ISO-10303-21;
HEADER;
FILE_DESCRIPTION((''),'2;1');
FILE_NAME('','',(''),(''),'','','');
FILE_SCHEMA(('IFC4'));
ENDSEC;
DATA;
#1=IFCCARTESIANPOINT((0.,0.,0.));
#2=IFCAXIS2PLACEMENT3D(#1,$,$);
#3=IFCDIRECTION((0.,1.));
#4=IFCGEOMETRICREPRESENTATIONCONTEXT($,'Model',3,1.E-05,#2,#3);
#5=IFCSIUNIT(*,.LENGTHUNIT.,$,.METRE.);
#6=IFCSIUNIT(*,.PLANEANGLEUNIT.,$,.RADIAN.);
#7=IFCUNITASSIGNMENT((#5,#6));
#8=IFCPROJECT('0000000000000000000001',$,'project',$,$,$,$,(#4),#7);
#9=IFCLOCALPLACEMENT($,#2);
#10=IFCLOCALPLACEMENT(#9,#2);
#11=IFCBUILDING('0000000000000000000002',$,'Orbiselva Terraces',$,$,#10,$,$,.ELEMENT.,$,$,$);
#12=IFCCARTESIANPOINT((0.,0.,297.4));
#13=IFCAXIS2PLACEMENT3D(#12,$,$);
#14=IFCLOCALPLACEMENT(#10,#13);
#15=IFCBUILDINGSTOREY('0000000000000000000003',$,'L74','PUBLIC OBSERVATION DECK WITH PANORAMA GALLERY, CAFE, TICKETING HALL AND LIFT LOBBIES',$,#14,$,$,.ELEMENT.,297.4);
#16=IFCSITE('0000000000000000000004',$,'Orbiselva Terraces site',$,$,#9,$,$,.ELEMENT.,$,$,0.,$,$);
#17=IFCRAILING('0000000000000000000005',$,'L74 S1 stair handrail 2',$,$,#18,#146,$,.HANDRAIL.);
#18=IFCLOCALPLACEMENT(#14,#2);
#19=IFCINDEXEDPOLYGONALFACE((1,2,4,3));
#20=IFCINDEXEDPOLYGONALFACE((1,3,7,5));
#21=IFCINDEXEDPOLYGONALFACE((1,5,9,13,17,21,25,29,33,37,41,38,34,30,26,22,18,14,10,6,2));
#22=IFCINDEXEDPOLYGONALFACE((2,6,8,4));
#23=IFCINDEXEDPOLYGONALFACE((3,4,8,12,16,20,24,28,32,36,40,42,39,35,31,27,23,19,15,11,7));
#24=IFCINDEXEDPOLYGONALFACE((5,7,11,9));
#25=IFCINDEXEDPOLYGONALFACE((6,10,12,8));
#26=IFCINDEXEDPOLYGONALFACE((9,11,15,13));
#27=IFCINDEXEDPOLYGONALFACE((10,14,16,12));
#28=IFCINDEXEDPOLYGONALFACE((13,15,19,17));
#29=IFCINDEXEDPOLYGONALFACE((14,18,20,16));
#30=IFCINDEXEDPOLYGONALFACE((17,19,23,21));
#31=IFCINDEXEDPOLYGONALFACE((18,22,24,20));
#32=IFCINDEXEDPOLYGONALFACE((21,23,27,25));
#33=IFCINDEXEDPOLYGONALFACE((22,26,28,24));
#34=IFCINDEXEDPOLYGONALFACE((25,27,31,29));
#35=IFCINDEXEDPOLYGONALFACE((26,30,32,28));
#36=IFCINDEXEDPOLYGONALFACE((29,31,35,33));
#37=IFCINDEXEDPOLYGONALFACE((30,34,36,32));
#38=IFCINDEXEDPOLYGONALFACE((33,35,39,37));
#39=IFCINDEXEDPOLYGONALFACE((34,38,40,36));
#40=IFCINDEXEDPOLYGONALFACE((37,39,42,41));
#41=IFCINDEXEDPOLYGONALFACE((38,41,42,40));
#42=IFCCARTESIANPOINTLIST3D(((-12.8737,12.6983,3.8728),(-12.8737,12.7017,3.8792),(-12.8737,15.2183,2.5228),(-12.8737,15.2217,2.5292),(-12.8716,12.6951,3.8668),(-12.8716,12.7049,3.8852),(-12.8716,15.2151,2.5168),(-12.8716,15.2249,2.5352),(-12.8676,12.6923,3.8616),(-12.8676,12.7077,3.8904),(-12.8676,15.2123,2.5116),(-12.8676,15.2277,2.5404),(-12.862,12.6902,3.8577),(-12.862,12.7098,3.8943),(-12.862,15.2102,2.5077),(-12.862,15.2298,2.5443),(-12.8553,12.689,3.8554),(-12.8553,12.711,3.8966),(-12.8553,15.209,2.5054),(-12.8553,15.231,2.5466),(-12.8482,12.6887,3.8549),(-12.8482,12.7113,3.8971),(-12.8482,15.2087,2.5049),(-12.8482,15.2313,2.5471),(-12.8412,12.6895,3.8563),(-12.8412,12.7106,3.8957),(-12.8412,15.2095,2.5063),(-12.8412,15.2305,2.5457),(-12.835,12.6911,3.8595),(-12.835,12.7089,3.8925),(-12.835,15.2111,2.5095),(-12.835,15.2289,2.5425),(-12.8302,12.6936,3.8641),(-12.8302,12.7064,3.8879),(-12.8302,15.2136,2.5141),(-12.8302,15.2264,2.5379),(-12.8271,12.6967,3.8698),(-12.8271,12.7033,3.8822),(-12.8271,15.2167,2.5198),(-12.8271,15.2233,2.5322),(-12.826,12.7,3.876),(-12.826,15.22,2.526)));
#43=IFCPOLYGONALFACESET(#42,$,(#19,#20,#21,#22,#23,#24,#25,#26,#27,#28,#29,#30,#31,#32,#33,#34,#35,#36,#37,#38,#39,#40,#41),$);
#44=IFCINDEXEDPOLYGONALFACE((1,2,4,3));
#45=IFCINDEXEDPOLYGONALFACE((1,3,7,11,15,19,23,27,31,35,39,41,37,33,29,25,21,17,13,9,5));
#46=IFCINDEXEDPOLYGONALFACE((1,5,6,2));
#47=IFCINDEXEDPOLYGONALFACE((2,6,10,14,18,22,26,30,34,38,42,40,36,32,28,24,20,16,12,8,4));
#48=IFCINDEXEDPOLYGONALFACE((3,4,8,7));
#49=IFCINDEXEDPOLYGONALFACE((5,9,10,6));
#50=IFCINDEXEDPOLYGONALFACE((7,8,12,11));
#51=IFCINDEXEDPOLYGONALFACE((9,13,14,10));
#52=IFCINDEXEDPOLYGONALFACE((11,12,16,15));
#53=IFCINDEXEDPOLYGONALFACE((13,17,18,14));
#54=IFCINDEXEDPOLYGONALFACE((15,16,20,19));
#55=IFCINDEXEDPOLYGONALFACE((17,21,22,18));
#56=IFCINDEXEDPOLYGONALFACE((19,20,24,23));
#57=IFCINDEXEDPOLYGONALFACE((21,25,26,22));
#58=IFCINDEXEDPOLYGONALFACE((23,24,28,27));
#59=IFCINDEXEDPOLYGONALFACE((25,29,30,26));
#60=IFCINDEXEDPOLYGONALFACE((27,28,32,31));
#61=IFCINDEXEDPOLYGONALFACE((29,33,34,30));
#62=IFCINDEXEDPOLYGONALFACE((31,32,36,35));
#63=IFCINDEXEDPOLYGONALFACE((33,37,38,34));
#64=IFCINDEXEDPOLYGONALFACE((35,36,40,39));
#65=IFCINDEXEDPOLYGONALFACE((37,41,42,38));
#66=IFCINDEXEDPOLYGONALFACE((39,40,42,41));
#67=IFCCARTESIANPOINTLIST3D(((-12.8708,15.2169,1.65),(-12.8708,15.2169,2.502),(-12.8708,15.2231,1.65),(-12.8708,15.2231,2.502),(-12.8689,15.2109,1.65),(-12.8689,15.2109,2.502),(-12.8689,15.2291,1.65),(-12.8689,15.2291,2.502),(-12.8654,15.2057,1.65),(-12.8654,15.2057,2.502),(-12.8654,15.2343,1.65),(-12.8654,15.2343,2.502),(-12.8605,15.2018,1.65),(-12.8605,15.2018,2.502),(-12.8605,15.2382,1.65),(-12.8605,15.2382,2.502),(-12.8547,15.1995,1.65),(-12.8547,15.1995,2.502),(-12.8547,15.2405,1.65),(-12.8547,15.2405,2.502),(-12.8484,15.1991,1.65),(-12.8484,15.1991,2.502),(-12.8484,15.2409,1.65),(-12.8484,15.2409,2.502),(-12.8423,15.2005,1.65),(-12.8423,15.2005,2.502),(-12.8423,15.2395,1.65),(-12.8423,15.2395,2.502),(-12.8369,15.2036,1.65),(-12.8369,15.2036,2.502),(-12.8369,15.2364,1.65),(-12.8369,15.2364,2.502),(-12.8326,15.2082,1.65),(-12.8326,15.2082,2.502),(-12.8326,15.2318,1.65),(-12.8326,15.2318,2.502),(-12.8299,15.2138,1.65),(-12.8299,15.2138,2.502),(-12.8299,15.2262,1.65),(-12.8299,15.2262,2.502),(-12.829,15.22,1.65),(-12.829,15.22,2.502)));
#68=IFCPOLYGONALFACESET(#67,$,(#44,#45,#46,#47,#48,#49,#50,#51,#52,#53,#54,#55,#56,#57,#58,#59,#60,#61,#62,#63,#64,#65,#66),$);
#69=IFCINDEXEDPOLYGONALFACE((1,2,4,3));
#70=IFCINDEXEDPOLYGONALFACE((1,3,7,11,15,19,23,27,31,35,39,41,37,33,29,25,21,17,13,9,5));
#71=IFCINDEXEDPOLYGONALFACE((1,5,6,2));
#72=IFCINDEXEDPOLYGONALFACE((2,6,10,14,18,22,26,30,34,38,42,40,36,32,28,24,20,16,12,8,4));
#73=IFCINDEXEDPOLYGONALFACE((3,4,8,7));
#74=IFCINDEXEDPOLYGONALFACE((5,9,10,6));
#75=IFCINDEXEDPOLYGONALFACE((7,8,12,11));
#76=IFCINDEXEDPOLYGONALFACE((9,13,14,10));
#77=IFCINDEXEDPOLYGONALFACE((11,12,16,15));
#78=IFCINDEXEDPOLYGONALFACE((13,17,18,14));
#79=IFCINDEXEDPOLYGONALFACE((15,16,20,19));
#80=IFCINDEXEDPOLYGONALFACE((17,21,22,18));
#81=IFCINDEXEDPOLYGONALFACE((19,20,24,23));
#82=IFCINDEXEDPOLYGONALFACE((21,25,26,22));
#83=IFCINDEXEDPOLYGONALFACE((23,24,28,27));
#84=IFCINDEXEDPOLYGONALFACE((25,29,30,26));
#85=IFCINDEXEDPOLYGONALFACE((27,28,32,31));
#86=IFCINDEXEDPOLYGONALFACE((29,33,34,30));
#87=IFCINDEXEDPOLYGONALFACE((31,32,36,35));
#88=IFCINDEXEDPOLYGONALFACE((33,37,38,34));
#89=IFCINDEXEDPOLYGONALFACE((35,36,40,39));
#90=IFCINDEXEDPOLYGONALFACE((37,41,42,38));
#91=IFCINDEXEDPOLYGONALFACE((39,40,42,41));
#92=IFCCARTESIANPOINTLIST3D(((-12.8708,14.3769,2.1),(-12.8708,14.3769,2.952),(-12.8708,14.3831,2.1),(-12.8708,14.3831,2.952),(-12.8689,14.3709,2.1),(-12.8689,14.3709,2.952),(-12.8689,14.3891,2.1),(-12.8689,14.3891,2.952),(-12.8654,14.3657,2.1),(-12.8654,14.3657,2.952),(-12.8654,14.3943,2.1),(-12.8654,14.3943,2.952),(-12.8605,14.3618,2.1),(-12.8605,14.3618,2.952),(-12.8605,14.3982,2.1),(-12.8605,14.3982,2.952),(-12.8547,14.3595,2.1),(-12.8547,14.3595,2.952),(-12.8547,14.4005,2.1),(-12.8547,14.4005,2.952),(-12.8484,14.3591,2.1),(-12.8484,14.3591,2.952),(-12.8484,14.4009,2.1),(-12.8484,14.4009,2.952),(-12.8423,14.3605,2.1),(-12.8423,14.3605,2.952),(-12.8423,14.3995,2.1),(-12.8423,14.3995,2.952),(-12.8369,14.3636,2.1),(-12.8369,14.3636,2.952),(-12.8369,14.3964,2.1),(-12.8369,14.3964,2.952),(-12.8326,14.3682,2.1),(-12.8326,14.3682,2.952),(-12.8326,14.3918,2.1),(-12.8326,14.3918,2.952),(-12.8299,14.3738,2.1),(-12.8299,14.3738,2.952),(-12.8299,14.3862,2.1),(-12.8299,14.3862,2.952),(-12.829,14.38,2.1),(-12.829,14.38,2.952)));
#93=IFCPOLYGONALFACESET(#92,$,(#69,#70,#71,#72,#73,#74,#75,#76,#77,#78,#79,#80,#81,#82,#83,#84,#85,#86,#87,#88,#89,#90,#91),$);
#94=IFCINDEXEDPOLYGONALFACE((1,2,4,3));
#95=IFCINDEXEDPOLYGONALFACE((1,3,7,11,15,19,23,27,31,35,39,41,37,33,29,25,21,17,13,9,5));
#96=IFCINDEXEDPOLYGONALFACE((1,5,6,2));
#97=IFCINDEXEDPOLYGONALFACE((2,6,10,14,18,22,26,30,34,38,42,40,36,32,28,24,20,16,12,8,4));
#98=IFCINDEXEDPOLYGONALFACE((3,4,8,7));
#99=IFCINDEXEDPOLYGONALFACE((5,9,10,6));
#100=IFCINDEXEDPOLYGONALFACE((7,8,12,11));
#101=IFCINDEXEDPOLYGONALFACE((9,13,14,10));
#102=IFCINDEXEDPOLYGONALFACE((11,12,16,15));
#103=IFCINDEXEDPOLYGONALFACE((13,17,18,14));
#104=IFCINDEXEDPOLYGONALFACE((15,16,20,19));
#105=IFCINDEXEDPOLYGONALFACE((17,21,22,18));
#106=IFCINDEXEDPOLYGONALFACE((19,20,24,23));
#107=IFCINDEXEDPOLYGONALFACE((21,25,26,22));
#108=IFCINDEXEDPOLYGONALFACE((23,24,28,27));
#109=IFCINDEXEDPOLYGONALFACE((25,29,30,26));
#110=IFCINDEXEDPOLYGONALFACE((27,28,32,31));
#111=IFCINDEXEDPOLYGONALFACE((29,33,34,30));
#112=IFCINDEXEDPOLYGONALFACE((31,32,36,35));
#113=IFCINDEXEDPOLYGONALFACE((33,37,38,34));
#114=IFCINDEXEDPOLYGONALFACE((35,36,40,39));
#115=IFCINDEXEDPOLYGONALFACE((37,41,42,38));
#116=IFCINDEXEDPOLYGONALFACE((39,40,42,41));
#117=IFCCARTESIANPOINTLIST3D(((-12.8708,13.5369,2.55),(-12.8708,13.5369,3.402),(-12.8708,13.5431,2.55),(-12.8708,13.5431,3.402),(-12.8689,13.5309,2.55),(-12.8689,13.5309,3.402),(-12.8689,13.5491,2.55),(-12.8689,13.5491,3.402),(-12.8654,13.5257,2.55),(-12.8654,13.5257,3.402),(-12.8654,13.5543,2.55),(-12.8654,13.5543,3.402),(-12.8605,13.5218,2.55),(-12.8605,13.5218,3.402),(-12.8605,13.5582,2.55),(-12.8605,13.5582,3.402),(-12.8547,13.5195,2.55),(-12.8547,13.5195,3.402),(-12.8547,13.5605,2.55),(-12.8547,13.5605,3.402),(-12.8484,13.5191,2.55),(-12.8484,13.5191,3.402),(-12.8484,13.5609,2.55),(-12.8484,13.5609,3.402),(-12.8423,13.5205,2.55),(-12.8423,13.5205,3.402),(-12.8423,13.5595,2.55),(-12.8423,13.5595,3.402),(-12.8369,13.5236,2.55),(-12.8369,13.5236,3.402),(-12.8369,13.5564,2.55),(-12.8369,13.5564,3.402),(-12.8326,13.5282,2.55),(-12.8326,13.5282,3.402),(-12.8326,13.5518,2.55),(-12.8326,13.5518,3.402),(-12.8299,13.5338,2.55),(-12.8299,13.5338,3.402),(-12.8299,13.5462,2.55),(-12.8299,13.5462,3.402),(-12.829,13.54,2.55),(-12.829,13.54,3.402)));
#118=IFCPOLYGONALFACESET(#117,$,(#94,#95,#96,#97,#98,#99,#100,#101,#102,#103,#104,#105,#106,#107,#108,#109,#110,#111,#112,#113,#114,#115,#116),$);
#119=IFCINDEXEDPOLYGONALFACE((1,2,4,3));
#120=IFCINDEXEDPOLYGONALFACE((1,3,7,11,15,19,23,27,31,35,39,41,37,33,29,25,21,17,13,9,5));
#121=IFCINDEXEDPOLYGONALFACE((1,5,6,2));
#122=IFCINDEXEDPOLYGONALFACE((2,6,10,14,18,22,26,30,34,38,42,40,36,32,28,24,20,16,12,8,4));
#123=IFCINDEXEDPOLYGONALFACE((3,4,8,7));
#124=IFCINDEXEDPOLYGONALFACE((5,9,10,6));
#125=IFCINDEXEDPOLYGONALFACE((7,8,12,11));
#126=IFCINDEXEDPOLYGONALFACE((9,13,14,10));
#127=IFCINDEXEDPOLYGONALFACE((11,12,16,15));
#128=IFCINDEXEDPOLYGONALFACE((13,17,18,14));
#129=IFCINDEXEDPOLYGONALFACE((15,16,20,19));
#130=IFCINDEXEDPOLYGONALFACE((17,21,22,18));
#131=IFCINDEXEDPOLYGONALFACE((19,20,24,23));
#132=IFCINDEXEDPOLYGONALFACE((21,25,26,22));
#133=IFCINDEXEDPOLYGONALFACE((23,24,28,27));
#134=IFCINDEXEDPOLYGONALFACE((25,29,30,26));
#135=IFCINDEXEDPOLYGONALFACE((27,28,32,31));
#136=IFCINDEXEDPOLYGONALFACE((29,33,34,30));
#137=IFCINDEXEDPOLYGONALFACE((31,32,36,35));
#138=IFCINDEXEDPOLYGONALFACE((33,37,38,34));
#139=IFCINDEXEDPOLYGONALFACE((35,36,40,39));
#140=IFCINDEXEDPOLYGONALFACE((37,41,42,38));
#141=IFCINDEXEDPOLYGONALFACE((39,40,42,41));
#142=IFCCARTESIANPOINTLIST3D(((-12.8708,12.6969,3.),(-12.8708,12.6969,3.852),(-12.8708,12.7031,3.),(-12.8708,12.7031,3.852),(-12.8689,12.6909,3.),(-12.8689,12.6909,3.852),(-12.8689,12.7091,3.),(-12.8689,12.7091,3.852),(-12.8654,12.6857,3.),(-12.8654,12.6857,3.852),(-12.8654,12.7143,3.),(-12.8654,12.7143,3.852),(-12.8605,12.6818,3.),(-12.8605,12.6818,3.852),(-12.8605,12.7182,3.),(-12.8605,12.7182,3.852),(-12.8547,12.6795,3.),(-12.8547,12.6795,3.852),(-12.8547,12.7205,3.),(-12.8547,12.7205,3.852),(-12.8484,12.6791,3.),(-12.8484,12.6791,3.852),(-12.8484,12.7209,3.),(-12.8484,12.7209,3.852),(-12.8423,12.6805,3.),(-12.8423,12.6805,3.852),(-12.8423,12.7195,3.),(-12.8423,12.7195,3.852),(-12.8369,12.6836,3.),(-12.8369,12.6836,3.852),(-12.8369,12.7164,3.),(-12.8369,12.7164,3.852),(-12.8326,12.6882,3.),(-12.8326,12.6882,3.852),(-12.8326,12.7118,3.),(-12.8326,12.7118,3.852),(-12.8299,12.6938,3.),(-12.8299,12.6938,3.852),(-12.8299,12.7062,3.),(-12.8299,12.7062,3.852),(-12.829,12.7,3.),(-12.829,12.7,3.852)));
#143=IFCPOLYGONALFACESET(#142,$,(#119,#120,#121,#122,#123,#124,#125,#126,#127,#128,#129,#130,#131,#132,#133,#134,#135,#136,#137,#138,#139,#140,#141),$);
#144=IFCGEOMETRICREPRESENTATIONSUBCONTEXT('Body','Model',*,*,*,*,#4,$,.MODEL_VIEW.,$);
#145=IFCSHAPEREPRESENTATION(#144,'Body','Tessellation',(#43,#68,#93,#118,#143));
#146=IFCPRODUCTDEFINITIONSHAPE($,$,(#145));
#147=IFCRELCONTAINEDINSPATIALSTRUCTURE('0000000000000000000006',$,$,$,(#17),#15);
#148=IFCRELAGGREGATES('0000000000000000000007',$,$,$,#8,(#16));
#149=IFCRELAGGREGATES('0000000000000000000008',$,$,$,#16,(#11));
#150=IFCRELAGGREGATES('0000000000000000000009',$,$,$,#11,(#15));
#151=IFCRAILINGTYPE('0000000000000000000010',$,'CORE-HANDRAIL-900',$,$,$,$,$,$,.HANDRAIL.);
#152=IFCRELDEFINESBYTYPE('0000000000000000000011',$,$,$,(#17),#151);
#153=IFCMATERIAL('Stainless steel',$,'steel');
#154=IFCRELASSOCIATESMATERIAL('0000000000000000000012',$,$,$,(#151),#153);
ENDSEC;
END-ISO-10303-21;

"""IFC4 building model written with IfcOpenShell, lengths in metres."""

from ifc_helpers import new_model, si_unit, direction, frame, origin, origin_2d, place, context, subcontext, project, spatial, circle, extrude, material, type_object, element, save


model = new_model("IFC4")

# Units and contexts
model_context = context("Model", 3, precision=1e-05, world=origin(), true_north=direction((0.0, 1.0)))
body_context = subcontext(model_context, "Body", "Model", "MODEL_VIEW")
ifc_project = project(units=[si_unit("LENGTHUNIT", "METRE"), si_unit("PLANEANGLEUNIT", "RADIAN")], contexts=[model_context])

# Site, building, storey
site_placement = place(None, origin())
site = spatial("IfcSite", under=ifc_project, at=site_placement, Name="Orbiselva Terraces site", CompositionType="ELEMENT", RefElevation=0.0)
building_placement = place(site_placement, origin())
building = spatial("IfcBuilding", under=site, at=building_placement, Name="Orbiselva Terraces", CompositionType="ELEMENT")
storey_placement = place(building_placement, frame((0.0, 0.0, 297.4)))
storey = spatial("IfcBuildingStorey", under=building, at=storey_placement, Name="L74", Description="PUBLIC OBSERVATION DECK WITH PANORAMA GALLERY, CAFE, TICKETING HALL AND LIFT LOBBIES", CompositionType="ELEMENT", Elevation=297.4)

# Railing
ifc_material_1 = material(Name="Stainless steel", Category="steel")
railing_type_1 = type_object("IfcRailingType", Name="CORE-HANDRAIL-900", PredefinedType="HANDRAIL", material=ifc_material_1)
for number, where, name in (
    (1, (-12.85, 15.22, 1.65), "L74 S1 stair handrail 2"),
):
    element("IfcRailing", number, at=place(storey_placement, frame(where)), inside=storey, type_object=railing_type_1, Name=name, PredefinedType="HANDRAIL", context=body_context, shape_type="SweptSolid", body=[
        extrude(circle(Radius=0.024, at=origin_2d()), frame((0.0, 0.0, 0.876), z_axis=(0.0, -0.88148, 0.472221), x_axis=(1.0, 0.0, 0.0)), (0.0, 0.0, 1.0), 2.8588),
        extrude(circle(Radius=0.021, at=origin_2d()), origin(), (0.0, 0.0, 1.0), 0.852),
        extrude(circle(Radius=0.021, at=origin_2d()), frame((0.0, -0.84, 0.45)), (0.0, 0.0, 1.0), 0.852),
        extrude(circle(Radius=0.021, at=origin_2d()), frame((0.0, -1.68, 0.9)), (0.0, 0.0, 1.0), 0.852),
        extrude(circle(Radius=0.021, at=origin_2d()), frame((0.0, -2.52, 1.35)), (0.0, 0.0, 1.0), 0.852),
    ])

save(model, "model.ifc")
